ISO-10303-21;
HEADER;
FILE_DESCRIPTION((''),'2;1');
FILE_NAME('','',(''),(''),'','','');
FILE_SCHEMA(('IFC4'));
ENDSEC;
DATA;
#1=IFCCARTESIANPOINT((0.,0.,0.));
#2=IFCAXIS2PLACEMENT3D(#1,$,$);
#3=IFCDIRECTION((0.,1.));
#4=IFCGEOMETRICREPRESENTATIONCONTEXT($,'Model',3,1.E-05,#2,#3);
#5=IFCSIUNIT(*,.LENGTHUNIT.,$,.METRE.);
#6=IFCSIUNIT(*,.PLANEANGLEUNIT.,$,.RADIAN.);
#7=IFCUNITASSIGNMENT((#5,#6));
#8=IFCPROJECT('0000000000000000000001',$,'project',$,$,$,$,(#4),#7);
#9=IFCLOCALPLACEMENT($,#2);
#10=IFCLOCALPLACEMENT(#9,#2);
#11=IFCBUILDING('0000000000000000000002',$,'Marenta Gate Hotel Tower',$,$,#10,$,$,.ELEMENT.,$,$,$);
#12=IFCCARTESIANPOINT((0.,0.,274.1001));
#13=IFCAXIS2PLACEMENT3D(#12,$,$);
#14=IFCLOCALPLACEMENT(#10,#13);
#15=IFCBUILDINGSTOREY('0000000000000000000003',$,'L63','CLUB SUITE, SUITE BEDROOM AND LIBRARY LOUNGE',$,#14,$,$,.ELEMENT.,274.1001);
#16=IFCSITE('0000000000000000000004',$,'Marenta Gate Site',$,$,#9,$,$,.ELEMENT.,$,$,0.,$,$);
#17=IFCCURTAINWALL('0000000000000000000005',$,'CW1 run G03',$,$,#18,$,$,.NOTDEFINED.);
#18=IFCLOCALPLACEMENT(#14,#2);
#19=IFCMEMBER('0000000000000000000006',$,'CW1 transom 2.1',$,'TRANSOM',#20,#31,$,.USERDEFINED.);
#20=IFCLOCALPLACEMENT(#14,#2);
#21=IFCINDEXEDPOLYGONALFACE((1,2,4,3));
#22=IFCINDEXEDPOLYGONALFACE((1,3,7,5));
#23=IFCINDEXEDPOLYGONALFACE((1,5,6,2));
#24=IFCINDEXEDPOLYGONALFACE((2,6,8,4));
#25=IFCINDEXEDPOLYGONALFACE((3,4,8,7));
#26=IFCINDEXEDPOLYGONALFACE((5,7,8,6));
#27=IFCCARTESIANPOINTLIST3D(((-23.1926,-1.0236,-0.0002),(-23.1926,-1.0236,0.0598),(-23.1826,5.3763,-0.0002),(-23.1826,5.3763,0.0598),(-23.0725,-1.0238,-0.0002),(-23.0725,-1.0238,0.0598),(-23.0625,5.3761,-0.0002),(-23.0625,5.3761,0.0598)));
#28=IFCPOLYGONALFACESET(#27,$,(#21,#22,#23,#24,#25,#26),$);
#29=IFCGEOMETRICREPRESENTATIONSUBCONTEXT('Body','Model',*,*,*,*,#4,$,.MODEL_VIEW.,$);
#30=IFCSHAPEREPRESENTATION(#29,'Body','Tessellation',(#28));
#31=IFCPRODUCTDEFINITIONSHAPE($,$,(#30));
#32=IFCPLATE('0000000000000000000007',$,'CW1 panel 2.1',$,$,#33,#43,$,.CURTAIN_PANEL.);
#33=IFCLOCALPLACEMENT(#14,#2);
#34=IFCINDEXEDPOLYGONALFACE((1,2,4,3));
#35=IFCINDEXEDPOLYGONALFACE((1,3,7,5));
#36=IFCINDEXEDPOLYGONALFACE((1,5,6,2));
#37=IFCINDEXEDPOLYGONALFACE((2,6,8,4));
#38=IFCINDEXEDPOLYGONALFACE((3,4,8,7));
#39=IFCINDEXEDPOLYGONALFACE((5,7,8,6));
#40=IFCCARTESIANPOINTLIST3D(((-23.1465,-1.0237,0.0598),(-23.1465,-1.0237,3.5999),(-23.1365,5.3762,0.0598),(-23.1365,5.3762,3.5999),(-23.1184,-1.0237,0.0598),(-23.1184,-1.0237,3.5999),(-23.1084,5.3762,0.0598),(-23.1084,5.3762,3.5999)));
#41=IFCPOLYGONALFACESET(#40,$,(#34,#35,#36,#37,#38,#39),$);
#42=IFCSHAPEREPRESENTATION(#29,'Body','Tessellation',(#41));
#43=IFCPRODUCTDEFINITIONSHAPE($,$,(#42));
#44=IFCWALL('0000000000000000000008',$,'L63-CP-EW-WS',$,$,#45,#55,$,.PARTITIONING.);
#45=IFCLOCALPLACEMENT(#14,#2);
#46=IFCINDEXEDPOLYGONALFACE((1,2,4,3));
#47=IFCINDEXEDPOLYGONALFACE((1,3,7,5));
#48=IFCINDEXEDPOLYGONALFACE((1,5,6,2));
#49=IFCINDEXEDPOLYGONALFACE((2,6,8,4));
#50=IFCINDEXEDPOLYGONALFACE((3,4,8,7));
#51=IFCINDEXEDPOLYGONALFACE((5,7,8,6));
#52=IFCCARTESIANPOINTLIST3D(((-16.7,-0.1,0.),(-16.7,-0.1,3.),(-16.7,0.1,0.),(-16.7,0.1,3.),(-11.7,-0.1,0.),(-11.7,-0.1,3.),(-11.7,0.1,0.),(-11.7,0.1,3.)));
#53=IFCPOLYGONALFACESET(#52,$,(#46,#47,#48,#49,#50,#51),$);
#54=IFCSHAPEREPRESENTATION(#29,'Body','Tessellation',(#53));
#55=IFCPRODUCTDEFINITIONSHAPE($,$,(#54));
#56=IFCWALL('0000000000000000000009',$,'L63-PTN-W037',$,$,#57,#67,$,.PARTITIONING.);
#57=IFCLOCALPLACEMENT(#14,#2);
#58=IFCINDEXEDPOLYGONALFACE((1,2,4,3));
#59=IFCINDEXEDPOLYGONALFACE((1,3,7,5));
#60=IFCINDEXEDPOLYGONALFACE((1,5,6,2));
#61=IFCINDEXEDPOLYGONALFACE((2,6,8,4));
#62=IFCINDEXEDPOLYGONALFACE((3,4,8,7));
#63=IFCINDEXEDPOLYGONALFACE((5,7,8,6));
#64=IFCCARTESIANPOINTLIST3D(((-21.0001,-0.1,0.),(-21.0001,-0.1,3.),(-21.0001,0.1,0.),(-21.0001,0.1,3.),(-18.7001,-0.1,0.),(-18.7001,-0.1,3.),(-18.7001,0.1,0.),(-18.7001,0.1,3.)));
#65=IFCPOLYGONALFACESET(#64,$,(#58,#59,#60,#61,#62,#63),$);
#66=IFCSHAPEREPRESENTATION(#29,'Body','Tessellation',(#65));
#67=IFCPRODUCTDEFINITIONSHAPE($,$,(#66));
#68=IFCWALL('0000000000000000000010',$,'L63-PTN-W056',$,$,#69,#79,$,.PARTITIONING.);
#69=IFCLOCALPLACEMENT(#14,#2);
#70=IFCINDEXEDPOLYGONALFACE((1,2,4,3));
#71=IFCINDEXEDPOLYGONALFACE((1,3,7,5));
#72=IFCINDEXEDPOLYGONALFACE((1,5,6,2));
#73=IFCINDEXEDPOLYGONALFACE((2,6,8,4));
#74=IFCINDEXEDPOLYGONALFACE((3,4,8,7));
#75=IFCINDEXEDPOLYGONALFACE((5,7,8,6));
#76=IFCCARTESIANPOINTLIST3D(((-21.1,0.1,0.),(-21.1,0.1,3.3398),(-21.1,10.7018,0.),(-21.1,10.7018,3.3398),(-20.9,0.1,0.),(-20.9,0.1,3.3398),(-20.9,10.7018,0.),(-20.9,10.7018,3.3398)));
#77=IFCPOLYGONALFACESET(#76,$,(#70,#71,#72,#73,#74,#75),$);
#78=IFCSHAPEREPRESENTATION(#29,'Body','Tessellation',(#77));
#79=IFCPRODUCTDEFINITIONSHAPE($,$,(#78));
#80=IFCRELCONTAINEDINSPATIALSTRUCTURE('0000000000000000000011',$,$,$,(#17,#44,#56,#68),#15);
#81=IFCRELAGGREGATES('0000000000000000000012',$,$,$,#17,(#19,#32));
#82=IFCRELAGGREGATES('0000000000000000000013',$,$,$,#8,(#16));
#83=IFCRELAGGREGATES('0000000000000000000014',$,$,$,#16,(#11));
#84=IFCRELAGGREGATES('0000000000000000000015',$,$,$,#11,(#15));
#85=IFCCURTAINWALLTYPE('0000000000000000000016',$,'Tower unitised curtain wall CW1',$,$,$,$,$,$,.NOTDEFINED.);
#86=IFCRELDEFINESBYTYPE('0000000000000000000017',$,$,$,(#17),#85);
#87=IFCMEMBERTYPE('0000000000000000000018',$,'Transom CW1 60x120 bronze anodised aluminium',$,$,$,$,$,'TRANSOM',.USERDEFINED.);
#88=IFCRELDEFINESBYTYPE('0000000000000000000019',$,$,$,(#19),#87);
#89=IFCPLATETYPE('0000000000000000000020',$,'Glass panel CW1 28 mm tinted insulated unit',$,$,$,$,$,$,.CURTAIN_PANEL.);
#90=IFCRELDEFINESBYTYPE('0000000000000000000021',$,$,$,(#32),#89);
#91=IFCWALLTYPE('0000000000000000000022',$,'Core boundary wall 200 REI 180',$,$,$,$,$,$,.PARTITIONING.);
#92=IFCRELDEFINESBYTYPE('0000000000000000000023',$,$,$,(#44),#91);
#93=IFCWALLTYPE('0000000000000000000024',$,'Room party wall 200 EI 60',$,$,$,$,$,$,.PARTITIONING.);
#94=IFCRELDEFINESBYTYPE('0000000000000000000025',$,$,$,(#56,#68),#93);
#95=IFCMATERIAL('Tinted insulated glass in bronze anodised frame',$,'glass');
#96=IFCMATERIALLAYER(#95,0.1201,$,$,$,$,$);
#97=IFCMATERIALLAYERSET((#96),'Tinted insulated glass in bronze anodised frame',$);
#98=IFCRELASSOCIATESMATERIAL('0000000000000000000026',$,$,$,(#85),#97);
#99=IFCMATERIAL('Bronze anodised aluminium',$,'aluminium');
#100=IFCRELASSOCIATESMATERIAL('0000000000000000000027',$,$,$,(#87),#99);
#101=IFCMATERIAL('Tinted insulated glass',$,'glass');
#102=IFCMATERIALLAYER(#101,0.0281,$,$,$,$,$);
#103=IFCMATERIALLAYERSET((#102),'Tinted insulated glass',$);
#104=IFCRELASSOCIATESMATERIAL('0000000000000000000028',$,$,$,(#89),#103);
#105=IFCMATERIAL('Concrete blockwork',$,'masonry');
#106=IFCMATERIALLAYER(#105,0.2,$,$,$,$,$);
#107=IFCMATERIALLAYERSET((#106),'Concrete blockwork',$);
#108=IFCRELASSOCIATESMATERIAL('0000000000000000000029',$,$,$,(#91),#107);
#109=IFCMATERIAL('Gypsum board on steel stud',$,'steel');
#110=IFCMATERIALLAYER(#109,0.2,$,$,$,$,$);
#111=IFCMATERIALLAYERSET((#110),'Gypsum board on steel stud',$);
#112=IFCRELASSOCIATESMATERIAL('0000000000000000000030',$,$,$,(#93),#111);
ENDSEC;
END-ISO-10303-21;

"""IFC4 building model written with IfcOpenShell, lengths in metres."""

from ifc_helpers import new_model, si_unit, direction, frame, frame_2d, origin, origin_2d, place, context, subcontext, project, spatial, rectangle, extrude, material, layer, layer_set, material_profile, profile_set, type_object, element, aggregate, save


model = new_model("IFC4")

# Units and contexts
model_context = context("Model", 3, precision=1e-05, world=origin(), true_north=direction((0.0, 1.0)))
body_context = subcontext(model_context, "Body", "Model", "MODEL_VIEW")
ifc_project = project(units=[si_unit("LENGTHUNIT", "METRE"), si_unit("PLANEANGLEUNIT", "RADIAN")], contexts=[model_context])

# Site, building, storey
site_placement = place(None, origin())
site = spatial("IfcSite", under=ifc_project, at=site_placement, Name="Marenta Gate Site", CompositionType="ELEMENT", RefElevation=0.0)
building_placement = place(site_placement, origin())
building = spatial("IfcBuilding", under=site, at=building_placement, Name="Marenta Gate Hotel Tower", CompositionType="ELEMENT")
storey_placement = place(building_placement, frame((0.0, 0.0, 274.1001)))
storey = spatial("IfcBuildingStorey", under=building, at=storey_placement, Name="L63", Description="CLUB SUITE, SUITE BEDROOM AND LIBRARY LOUNGE", CompositionType="ELEMENT", Elevation=274.1001)

# Curtain wall, member, plate
ifc_material_1 = material(Name="Tinted insulated glass in bronze anodised frame", Category="glass")
ifc_layer_1 = layer(ifc_material_1, 0.1201)
ifc_layer_set_1 = layer_set([ifc_layer_1], Name="Tinted insulated glass in bronze anodised frame")
curtain_wall_type = type_object("IfcCurtainWallType", Name="Tower unitised curtain wall CW1", PredefinedType="NOTDEFINED", material=ifc_layer_set_1)
curtain_wall_placement = place(storey_placement, origin())
curtain_wall = element("IfcCurtainWall", 1, at=curtain_wall_placement, inside=storey, type_object=curtain_wall_type, Name="CW1 run G03", PredefinedType="NOTDEFINED")
ifc_material_2 = material(Name="Bronze anodised aluminium", Category="aluminium")
ifc_material_profile_1 = material_profile(ifc_material_2, rectangle(XDim=0.1201, YDim=0.0601, at=origin_2d()), Name="Transom CW1 60x120 bronze anodised aluminium")
ifc_profile_set_1 = profile_set([ifc_material_profile_1], Name="Bronze anodised aluminium")
member_type_1 = type_object("IfcMemberType", Name="Transom CW1 60x120 bronze anodised aluminium", ElementType="TRANSOM", PredefinedType="USERDEFINED", material=ifc_profile_set_1)
member_1_placement = place(storey_placement, frame((-23.1226, 5.3762, 0.0298), z_axis=(-0.001564, -0.999999, 0.0), x_axis=(0.999999, -0.001564, 0.0)))
member_1 = element("IfcMember", 2, at=member_1_placement, type_object=member_type_1, Name="CW1 transom 2.1", ObjectType="TRANSOM", PredefinedType="USERDEFINED", context=body_context, shape_type="SweptSolid", body=[
    extrude(rectangle(XDim=0.1201, YDim=0.0601, at=origin_2d()), origin(), (0.0, 0.0, 1.0), 6.3999),
])
ifc_material_3 = material(Name="Tinted insulated glass", Category="glass")
ifc_layer_2 = layer(ifc_material_3, 0.0281)
ifc_layer_set_2 = layer_set([ifc_layer_2], Name="Tinted insulated glass")
plate_type = type_object("IfcPlateType", Name="Glass panel CW1 28 mm tinted insulated unit", PredefinedType="CURTAIN_PANEL", material=ifc_layer_set_2)
plate_placement = place(storey_placement, frame((-23.1274, 2.1763, 0.0598), z_axis=(0.0, 0.0, 1.0), x_axis=(-0.001566, -0.999999, 0.0)))
plate = element("IfcPlate", 3, at=plate_placement, type_object=plate_type, Name="CW1 panel 2.1", PredefinedType="CURTAIN_PANEL", context=body_context, shape_type="SweptSolid", body=[
    extrude(rectangle(XDim=6.3999, YDim=0.0281, at=origin_2d()), origin(), (0.0, 0.0, 1.0), 3.54),
])
aggregate(curtain_wall, [member_1, plate])

# Walls
ifc_material_4 = material(Name="Concrete blockwork", Category="masonry")
ifc_layer_3 = layer(ifc_material_4, 0.2)
ifc_layer_set_3 = layer_set([ifc_layer_3], Name="Concrete blockwork")
wall_type_1 = type_object("IfcWallType", Name="Core boundary wall 200 REI 180", PredefinedType="PARTITIONING", material=ifc_layer_set_3)
wall_1_placement = place(storey_placement, frame((-16.7, 0.0, 0.0), z_axis=(0.0, 0.0, 1.0), x_axis=(1.0, 0.0, 0.0)))
element("IfcWall", 4, at=wall_1_placement, inside=storey, type_object=wall_type_1, Name="L63-CP-EW-WS", PredefinedType="PARTITIONING", context=body_context, shape_type="SweptSolid", body=[
    extrude(rectangle(XDim=5.0, YDim=0.2, at=frame_2d((2.5, 0.0))), origin(), (0.0, 0.0, 1.0), 3.0),
])
ifc_material_5 = material(Name="Gypsum board on steel stud", Category="steel")
ifc_layer_4 = layer(ifc_material_5, 0.2)
ifc_layer_set_4 = layer_set([ifc_layer_4], Name="Gypsum board on steel stud")
wall_type_2 = type_object("IfcWallType", Name="Room party wall 200 EI 60", PredefinedType="PARTITIONING", material=ifc_layer_set_4)
wall_2_placement = place(storey_placement, frame((-21.0, 0.0, 0.0), z_axis=(0.0, 0.0, 1.0), x_axis=(1.0, 0.0, 0.0)))
element("IfcWall", 5, at=wall_2_placement, inside=storey, type_object=wall_type_2, Name="L63-PTN-W037", PredefinedType="PARTITIONING", context=body_context, shape_type="SweptSolid", body=[
    extrude(rectangle(XDim=2.3, YDim=0.2, at=frame_2d((1.1499, 0.0))), origin(), (0.0, 0.0, 1.0), 3.0),
])
wall_3_placement = place(storey_placement, frame((-21.0, 0.1001, 0.0), z_axis=(0.0, 0.0, 1.0), x_axis=(0.0, 1.0, 0.0)))
element("IfcWall", 6, at=wall_3_placement, inside=storey, type_object=wall_type_2, Name="L63-PTN-W056", PredefinedType="PARTITIONING", context=body_context, shape_type="SweptSolid", body=[
    extrude(rectangle(XDim=10.6018, YDim=0.2, at=frame_2d((5.3008, 0.0))), origin(), (0.0, 0.0, 1.0), 3.3398),
])

save(model, "model.ifc")
